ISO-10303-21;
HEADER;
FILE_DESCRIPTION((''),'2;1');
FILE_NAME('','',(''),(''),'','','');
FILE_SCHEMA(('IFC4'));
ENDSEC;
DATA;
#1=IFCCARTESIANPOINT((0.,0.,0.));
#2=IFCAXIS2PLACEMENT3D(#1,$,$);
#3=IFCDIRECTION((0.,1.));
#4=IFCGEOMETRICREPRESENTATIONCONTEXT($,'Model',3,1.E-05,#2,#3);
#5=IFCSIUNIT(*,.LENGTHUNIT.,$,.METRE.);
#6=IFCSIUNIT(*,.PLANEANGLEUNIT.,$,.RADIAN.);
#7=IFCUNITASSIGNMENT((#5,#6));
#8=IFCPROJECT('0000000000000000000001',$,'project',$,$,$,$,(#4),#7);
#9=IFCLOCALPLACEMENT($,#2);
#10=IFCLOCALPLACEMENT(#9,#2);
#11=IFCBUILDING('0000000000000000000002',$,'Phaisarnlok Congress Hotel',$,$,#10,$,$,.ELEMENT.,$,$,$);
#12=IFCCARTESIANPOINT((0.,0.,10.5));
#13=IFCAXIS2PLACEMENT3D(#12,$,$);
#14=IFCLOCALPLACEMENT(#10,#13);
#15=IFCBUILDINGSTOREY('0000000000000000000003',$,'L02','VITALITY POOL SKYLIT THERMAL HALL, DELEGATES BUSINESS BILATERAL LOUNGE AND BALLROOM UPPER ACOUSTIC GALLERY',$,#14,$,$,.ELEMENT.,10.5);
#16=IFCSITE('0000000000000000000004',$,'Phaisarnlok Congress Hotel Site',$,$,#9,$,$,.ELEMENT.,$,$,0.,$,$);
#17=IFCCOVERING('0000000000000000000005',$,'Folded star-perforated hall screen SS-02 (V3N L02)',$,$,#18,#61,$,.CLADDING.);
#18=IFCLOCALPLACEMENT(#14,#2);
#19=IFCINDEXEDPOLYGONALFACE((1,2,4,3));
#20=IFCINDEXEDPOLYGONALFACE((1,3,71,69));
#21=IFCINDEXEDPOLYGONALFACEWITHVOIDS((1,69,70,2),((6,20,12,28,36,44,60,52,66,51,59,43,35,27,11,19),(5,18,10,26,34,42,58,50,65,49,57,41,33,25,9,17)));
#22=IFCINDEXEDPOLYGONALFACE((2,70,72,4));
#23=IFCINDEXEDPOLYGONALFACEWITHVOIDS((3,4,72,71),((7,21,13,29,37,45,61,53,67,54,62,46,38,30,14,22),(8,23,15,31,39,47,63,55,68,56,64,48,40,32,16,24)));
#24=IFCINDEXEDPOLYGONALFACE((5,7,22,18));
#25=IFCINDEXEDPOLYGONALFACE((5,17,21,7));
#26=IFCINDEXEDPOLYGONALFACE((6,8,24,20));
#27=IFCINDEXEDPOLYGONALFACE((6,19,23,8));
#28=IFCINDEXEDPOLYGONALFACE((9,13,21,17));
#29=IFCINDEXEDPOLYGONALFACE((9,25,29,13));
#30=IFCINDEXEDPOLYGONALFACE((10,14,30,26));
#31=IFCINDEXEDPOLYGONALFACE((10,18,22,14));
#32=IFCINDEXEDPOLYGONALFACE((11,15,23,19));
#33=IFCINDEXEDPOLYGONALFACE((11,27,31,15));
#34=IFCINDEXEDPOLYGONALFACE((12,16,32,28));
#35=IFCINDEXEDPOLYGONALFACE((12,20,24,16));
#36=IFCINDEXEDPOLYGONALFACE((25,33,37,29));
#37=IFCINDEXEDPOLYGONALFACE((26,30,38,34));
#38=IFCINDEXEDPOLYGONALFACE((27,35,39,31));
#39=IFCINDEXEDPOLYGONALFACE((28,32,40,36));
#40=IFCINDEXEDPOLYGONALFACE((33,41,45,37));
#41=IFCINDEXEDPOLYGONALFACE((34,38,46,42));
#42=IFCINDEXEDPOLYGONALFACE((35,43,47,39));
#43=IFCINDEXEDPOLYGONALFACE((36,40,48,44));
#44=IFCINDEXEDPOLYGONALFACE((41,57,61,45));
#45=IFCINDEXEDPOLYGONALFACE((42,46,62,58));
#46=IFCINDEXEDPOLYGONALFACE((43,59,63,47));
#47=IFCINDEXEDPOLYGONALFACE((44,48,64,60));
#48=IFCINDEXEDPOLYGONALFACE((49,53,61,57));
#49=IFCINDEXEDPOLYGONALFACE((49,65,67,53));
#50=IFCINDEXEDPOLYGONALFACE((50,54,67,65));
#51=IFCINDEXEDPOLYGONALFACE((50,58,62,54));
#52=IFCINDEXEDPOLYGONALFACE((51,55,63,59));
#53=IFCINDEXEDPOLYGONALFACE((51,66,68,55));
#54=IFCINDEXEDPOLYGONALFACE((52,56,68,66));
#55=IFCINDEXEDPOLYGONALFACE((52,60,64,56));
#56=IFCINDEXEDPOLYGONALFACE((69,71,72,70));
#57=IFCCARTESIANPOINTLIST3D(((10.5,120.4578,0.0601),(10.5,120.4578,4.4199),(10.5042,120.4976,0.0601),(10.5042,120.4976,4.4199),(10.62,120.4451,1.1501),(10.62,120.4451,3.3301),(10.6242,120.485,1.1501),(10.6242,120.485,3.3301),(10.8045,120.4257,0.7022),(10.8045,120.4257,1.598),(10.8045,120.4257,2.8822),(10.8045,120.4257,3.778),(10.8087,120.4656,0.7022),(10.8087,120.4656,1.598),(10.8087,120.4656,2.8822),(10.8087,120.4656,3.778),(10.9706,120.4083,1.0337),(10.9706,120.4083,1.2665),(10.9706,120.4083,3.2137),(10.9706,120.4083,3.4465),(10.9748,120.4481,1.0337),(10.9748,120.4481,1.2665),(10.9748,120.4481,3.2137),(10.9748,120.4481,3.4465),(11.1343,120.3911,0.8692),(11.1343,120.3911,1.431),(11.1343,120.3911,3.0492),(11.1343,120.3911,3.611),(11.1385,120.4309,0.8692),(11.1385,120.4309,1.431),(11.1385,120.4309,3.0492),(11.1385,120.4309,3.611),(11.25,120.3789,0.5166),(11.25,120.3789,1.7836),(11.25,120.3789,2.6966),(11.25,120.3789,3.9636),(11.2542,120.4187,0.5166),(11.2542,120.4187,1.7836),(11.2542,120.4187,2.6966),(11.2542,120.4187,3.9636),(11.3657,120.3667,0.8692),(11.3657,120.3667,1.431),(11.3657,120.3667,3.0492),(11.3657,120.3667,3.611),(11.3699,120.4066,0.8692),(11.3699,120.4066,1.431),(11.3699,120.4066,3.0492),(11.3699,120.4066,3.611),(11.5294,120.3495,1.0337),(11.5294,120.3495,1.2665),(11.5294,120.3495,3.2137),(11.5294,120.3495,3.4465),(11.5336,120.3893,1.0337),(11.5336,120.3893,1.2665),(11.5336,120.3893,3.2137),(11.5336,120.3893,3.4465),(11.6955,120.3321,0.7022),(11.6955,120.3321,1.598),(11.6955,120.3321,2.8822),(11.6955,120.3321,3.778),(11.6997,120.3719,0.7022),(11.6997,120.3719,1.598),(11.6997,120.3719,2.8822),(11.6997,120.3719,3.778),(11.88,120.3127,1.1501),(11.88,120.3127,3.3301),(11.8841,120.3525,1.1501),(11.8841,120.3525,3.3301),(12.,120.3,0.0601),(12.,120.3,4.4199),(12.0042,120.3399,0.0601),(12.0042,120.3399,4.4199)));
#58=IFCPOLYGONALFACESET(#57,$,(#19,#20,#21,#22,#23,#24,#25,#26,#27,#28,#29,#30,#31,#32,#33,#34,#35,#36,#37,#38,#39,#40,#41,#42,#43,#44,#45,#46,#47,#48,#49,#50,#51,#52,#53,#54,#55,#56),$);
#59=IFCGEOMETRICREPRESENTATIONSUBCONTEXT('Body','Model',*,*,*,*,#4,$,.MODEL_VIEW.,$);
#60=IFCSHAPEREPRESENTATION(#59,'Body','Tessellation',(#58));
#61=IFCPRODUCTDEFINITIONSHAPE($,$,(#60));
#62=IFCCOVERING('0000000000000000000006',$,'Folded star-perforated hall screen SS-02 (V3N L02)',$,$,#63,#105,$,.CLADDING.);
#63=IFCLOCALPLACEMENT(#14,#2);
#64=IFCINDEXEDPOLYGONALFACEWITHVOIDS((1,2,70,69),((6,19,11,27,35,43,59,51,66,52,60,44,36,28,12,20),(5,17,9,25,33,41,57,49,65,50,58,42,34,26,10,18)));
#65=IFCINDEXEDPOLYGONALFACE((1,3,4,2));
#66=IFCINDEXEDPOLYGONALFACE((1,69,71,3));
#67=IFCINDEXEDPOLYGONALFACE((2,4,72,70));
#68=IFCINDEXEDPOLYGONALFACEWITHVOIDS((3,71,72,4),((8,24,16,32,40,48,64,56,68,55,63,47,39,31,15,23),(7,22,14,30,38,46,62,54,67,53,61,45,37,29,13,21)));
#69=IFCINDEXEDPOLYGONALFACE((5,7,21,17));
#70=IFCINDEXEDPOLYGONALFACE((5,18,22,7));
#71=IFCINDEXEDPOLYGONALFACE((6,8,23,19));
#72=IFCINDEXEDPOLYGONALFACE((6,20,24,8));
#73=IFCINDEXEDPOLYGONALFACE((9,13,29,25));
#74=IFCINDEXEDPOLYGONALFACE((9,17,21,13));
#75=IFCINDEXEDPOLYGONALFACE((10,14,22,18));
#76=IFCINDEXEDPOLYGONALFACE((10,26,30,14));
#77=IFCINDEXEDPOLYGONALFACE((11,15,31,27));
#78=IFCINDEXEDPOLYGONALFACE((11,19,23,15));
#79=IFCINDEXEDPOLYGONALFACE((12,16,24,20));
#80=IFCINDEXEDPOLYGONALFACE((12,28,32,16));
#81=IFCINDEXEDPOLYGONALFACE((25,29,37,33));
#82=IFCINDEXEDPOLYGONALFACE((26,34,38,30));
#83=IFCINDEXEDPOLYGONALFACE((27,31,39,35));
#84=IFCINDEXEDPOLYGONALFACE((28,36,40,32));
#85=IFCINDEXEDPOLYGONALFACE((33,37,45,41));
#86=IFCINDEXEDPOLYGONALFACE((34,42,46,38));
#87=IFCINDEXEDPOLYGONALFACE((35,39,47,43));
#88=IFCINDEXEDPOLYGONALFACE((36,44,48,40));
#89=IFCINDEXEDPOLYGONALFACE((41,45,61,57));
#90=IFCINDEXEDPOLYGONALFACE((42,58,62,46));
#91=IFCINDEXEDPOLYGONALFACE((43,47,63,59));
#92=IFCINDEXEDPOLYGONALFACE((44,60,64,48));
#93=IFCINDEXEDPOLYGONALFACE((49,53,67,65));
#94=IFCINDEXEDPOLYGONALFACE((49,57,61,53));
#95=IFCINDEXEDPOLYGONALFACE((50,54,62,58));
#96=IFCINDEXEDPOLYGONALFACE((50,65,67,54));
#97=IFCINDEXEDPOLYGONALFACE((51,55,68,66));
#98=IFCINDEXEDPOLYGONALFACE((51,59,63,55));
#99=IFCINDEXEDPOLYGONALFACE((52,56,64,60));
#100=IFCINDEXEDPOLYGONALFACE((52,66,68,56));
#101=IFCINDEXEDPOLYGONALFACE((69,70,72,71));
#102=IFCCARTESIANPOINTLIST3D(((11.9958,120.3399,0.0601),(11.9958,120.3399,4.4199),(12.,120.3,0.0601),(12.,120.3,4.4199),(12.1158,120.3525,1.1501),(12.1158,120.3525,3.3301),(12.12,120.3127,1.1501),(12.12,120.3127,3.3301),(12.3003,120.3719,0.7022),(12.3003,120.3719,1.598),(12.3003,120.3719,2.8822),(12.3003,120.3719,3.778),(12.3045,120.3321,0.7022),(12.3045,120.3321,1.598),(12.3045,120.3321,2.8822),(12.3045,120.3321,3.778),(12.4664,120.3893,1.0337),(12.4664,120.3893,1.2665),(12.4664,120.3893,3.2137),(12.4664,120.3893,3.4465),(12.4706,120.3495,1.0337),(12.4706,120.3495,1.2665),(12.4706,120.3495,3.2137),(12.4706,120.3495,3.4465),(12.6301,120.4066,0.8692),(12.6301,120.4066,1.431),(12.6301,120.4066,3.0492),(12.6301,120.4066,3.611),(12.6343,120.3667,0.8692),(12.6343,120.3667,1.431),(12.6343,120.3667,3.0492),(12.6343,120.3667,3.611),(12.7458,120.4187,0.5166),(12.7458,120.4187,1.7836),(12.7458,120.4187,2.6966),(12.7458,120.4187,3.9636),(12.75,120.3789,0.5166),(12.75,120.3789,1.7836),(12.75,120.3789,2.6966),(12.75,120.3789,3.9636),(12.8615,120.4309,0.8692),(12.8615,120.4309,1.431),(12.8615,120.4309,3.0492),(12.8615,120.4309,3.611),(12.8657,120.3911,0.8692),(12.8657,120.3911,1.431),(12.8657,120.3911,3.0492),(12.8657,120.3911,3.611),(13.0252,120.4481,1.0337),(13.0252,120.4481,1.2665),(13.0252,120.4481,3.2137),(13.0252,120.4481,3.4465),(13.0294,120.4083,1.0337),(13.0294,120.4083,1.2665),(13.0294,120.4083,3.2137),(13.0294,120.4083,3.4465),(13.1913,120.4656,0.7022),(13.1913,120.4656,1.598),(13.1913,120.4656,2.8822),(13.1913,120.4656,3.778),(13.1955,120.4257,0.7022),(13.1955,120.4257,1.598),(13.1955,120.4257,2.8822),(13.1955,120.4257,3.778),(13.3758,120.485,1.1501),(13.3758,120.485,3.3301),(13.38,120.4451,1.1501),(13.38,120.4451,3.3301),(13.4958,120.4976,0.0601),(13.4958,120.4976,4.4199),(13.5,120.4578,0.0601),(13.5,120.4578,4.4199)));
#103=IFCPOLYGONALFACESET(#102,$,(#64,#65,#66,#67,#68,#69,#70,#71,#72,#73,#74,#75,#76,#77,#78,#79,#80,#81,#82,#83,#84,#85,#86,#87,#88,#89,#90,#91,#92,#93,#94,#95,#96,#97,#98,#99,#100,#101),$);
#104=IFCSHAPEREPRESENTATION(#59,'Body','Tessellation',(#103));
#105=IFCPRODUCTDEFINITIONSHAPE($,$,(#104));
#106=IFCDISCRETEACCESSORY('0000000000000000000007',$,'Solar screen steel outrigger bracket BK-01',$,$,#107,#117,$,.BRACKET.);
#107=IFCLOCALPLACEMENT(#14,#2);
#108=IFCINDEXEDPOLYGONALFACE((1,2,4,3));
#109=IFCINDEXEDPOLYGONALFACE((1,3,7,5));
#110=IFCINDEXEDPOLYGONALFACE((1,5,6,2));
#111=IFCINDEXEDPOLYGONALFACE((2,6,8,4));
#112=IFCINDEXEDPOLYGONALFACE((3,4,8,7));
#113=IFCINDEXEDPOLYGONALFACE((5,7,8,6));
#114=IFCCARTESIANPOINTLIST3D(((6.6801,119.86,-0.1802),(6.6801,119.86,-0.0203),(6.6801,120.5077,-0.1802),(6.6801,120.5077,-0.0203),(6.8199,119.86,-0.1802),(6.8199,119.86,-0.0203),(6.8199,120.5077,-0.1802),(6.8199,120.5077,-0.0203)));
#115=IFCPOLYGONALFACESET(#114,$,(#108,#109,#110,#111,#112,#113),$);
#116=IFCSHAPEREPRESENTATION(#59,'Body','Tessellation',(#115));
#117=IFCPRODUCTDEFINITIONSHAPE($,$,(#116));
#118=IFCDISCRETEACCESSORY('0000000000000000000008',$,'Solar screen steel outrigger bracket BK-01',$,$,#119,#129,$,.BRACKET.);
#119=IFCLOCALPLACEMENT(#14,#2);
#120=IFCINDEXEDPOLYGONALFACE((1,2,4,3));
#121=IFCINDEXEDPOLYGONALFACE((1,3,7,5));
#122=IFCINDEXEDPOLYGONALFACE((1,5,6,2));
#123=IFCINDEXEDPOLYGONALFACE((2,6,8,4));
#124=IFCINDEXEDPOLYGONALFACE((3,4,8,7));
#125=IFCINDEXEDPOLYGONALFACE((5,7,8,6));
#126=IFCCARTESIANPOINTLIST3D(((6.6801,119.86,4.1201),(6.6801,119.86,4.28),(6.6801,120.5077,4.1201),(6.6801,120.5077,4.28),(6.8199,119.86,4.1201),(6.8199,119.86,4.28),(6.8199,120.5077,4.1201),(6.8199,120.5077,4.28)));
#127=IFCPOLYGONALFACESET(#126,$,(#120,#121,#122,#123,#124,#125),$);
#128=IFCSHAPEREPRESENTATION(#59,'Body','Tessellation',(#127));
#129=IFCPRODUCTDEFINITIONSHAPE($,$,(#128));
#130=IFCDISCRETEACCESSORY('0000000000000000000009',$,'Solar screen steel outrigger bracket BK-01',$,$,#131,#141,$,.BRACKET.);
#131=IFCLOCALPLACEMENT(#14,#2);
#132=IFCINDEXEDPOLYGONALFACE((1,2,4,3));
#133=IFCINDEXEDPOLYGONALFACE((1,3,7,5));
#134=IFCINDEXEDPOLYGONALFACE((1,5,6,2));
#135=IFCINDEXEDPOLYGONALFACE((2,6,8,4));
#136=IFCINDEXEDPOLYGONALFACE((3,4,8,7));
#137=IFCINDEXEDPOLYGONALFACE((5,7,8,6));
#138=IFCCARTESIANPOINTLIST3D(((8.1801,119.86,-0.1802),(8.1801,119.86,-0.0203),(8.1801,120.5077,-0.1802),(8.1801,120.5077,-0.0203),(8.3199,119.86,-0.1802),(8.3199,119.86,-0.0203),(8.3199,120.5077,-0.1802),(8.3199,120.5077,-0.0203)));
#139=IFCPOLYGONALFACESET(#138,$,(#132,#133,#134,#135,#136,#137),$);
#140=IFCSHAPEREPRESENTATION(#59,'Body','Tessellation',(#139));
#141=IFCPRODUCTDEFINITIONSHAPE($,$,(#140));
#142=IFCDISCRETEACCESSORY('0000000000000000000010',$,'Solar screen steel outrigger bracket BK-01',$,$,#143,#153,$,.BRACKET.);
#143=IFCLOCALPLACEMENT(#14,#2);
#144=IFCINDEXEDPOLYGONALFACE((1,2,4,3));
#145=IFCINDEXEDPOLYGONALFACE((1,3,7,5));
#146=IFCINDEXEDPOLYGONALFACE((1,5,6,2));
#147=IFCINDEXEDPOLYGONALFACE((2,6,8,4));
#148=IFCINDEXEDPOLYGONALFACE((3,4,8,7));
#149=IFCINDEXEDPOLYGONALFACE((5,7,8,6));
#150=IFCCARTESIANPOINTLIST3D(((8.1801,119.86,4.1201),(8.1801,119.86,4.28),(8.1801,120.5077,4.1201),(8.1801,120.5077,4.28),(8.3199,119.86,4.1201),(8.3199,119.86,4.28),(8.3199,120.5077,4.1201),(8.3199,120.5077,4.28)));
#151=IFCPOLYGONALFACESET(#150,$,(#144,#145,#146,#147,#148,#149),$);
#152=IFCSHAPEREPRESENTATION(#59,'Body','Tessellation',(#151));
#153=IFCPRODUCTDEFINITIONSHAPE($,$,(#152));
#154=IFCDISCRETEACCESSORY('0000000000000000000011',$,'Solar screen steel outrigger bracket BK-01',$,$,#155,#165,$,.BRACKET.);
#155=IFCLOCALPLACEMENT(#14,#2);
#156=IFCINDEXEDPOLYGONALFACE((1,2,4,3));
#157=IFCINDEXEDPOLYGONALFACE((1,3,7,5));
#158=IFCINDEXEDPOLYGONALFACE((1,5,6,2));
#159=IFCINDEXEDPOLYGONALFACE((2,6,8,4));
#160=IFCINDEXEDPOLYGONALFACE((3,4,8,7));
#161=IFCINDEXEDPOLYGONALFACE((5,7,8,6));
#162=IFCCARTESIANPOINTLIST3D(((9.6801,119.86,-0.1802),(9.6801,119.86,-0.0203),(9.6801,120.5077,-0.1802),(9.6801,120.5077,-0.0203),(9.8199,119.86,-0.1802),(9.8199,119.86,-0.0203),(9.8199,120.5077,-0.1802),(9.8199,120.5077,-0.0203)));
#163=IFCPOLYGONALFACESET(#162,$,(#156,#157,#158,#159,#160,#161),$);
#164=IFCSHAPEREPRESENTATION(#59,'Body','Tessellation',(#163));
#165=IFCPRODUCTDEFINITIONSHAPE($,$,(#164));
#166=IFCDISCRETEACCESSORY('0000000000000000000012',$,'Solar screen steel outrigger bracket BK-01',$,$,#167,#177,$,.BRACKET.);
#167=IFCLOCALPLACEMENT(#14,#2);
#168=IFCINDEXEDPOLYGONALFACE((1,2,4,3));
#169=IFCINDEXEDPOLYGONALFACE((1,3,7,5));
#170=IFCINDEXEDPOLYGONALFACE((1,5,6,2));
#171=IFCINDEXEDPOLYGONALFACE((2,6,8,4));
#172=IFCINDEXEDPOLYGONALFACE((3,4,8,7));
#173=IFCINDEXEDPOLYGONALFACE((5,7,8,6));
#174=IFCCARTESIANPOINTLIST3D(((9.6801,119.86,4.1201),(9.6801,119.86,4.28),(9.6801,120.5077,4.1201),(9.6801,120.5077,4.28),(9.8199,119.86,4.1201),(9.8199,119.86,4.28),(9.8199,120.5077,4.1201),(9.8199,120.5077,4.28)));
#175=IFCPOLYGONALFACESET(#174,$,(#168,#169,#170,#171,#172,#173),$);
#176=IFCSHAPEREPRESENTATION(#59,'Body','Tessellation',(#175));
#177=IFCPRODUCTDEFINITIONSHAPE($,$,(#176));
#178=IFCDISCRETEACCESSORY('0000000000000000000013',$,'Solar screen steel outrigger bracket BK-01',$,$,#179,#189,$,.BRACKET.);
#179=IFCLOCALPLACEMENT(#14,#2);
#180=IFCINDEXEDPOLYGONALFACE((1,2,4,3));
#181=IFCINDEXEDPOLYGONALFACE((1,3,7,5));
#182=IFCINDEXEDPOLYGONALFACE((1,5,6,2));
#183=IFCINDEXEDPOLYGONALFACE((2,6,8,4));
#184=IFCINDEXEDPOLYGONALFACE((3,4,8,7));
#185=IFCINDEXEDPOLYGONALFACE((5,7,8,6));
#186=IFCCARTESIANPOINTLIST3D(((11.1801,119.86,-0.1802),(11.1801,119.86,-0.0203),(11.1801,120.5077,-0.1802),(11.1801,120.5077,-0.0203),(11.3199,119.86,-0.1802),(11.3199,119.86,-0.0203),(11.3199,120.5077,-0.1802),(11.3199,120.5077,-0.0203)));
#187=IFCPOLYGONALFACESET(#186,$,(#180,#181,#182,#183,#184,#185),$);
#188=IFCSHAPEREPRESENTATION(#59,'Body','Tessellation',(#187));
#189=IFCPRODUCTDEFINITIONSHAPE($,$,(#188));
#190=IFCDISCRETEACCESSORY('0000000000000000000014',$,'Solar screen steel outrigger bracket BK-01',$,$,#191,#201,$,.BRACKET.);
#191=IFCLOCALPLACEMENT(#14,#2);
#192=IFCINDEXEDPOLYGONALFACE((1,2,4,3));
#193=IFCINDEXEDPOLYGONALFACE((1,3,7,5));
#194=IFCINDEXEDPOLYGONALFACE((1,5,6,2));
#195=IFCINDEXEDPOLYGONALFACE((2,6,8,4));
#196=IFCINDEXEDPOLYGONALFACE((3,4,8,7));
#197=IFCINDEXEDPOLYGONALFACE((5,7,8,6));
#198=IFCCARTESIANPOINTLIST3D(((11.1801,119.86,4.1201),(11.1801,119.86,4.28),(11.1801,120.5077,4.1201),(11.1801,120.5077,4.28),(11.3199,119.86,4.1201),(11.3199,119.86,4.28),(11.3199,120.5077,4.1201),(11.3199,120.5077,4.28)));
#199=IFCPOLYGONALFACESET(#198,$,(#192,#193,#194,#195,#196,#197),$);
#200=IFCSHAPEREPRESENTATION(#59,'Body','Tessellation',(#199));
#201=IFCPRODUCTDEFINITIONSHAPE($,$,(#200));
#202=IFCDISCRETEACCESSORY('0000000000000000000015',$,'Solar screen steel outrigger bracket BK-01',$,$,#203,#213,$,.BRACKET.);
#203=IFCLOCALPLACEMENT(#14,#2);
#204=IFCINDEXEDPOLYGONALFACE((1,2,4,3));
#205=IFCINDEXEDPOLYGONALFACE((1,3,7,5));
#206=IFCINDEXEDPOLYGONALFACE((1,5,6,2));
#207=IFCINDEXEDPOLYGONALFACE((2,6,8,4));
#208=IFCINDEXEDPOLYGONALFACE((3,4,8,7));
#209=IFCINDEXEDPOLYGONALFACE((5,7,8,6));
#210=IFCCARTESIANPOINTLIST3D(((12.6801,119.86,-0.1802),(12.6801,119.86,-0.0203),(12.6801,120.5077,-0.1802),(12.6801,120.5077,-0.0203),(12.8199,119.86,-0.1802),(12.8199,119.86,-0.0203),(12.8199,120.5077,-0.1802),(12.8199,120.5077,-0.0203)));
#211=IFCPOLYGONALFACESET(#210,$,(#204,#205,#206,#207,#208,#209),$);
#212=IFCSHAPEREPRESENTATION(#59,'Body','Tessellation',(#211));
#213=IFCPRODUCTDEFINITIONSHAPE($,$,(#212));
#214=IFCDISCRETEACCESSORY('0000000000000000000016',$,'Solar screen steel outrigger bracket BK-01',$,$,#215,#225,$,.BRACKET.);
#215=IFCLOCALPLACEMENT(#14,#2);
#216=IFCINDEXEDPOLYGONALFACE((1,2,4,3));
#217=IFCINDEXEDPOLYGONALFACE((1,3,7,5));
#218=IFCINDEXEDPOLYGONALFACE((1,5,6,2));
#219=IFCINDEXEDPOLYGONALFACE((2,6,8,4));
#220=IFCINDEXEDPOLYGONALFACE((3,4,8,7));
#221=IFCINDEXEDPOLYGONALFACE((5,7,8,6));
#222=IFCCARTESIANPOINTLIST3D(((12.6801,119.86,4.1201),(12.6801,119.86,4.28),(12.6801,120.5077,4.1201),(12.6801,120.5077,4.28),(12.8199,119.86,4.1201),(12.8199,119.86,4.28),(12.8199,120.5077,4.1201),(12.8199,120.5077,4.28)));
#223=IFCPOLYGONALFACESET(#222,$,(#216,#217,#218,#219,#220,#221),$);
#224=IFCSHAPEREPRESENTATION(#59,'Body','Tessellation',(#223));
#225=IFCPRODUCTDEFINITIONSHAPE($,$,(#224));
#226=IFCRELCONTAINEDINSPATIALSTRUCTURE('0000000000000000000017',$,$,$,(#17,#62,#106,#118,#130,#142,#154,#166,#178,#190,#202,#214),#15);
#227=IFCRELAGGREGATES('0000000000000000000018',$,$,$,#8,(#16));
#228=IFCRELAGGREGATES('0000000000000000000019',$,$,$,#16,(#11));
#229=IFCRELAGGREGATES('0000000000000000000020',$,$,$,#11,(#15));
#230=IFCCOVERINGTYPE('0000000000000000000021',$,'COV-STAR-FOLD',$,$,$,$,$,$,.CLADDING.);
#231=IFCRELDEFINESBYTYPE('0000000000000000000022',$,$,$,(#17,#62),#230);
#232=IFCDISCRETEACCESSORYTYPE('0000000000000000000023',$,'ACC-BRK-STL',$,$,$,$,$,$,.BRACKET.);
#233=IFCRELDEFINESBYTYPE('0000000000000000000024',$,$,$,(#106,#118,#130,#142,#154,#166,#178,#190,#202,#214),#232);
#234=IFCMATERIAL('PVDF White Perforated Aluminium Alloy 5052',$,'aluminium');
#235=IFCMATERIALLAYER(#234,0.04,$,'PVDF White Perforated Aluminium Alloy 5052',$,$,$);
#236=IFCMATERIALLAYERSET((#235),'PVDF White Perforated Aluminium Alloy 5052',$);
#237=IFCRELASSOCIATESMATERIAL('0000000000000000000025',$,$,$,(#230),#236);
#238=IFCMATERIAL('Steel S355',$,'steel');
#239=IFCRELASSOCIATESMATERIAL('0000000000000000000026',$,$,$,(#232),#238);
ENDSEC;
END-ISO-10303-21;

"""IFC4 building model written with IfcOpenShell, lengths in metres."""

from ifc_helpers import new_model, si_unit, direction, frame, origin, origin_2d, place, context, subcontext, project, spatial, polyline, rectangle, outline, extrude, material, layer, layer_set, type_object, element, save


model = new_model("IFC4")

# Units and contexts
model_context = context("Model", 3, precision=1e-05, world=origin(), true_north=direction((0.0, 1.0)))
body_context = subcontext(model_context, "Body", "Model", "MODEL_VIEW")
ifc_project = project(units=[si_unit("LENGTHUNIT", "METRE"), si_unit("PLANEANGLEUNIT", "RADIAN")], contexts=[model_context])

# Site, building, storey
site_placement = place(None, origin())
site = spatial("IfcSite", under=ifc_project, at=site_placement, Name="Phaisarnlok Congress Hotel Site", CompositionType="ELEMENT", RefElevation=0.0)
building_placement = place(site_placement, origin())
building = spatial("IfcBuilding", under=site, at=building_placement, Name="Phaisarnlok Congress Hotel", CompositionType="ELEMENT")
storey_placement = place(building_placement, frame((0.0, 0.0, 10.5)))
storey = spatial("IfcBuildingStorey", under=building, at=storey_placement, Name="L02", Description="VITALITY POOL SKYLIT THERMAL HALL, DELEGATES BUSINESS BILATERAL LOUNGE AND BALLROOM UPPER ACOUSTIC GALLERY", CompositionType="ELEMENT", Elevation=10.5)

# Coverings
ifc_material_1 = material(Name="PVDF White Perforated Aluminium Alloy 5052", Category="aluminium")
ifc_layer_1 = layer(ifc_material_1, 0.04, Name="PVDF White Perforated Aluminium Alloy 5052")
ifc_layer_set_1 = layer_set([ifc_layer_1], Name="PVDF White Perforated Aluminium Alloy 5052")
covering_type = type_object("IfcCoveringType", Name="COV-STAR-FOLD", PredefinedType="CLADDING", material=ifc_layer_set_1)
for number, where, z_axis, x_axis, name in (
    (1, (12.0, 120.3, 0.0601), (0.104567, 0.994518, 0.0), (-0.994518, 0.104567, 0.0), "Folded star-perforated hall screen SS-02 (V3N L02)"),
    (2, (13.5, 120.4578, 0.0601), (-0.104567, 0.994518, 0.0), (-0.994518, -0.104567, 0.0), "Folded star-perforated hall screen SS-02 (V3N L02)"),
):
    element("IfcCovering", number, at=place(storey_placement, frame(where, z_axis=z_axis, x_axis=x_axis)), inside=storey, type_object=covering_type, Name=name, PredefinedType="CLADDING", context=body_context, shape_type="SweptSolid", body=[
        extrude(outline(polyline([(0.0, 0.0), (1.5083, 0.0), (1.5083, 4.3599), (0.0, 4.3599), (0.0, 0.0)]), holes=[polyline([(1.0351, 0.9736), (1.2021, 0.6421), (0.8705, 0.8091), (0.7541, 0.4565), (0.6378, 0.8091), (0.3062, 0.6421), (0.4732, 0.9736), (0.1207, 1.09), (0.4732, 1.2064), (0.3062, 1.5379), (0.6378, 1.3709), (0.7541, 1.7235), (0.8705, 1.3709), (1.2021, 1.5379), (1.0351, 1.2064), (1.3876, 1.09), (1.0351, 0.9736)]), polyline([(1.0351, 3.1536), (1.2021, 2.8221), (0.8705, 2.9891), (0.7541, 2.6365), (0.6378, 2.9891), (0.3062, 2.8221), (0.4732, 3.1536), (0.1207, 3.27), (0.4732, 3.3864), (0.3062, 3.7179), (0.6378, 3.5509), (0.7541, 3.9035), (0.8705, 3.5509), (1.2021, 3.7179), (1.0351, 3.3864), (1.3876, 3.27), (1.0351, 3.1536)])]), origin(), (0.0, 0.0, 1.0), 0.04),
    ])

# Discrete accessories
ifc_material_2 = material(Name="Steel S355", Category="steel")
discrete_accessory_type = type_object("IfcDiscreteAccessoryType", Name="ACC-BRK-STL", PredefinedType="BRACKET", material=ifc_material_2)
for number, where, z_axis, x_axis, name in (
    (3, (6.75, 120.1838, -0.1802), (0.0, 0.0, 1.0), (1.0, 0.0, 0.0), "Solar screen steel outrigger bracket BK-01"),
    (4, (6.75, 120.1838, 4.1201), (0.0, 0.0, 1.0), (1.0, 0.0, 0.0), "Solar screen steel outrigger bracket BK-01"),
    (5, (8.25, 120.1838, -0.1802), (0.0, 0.0, 1.0), (1.0, 0.0, 0.0), "Solar screen steel outrigger bracket BK-01"),
    (6, (8.25, 120.1838, 4.1201), (0.0, 0.0, 1.0), (1.0, 0.0, 0.0), "Solar screen steel outrigger bracket BK-01"),
    (7, (9.75, 120.1838, -0.1802), (0.0, 0.0, 1.0), (1.0, 0.0, 0.0), "Solar screen steel outrigger bracket BK-01"),
    (8, (9.75, 120.1838, 4.1201), (0.0, 0.0, 1.0), (1.0, 0.0, 0.0), "Solar screen steel outrigger bracket BK-01"),
    (9, (11.25, 120.1838, -0.1802), (0.0, 0.0, 1.0), (1.0, 0.0, 0.0), "Solar screen steel outrigger bracket BK-01"),
    (10, (11.25, 120.1838, 4.1201), (0.0, 0.0, 1.0), (1.0, 0.0, 0.0), "Solar screen steel outrigger bracket BK-01"),
    (11, (12.75, 120.1838, -0.1802), (0.0, 0.0, 1.0), (1.0, 0.0, 0.0), "Solar screen steel outrigger bracket BK-01"),
    (12, (12.75, 120.1838, 4.1201), (0.0, 0.0, 1.0), (1.0, 0.0, 0.0), "Solar screen steel outrigger bracket BK-01"),
):
    element("IfcDiscreteAccessory", number, at=place(storey_placement, frame(where, z_axis=z_axis, x_axis=x_axis)), inside=storey, type_object=discrete_accessory_type, Name=name, PredefinedType="BRACKET", context=body_context, shape_type="SweptSolid", body=[
        extrude(rectangle(XDim=0.1399, YDim=0.6477, at=origin_2d()), origin(), (0.0, 0.0, 1.0), 0.1599),
    ])

save(model, "model.ifc")
